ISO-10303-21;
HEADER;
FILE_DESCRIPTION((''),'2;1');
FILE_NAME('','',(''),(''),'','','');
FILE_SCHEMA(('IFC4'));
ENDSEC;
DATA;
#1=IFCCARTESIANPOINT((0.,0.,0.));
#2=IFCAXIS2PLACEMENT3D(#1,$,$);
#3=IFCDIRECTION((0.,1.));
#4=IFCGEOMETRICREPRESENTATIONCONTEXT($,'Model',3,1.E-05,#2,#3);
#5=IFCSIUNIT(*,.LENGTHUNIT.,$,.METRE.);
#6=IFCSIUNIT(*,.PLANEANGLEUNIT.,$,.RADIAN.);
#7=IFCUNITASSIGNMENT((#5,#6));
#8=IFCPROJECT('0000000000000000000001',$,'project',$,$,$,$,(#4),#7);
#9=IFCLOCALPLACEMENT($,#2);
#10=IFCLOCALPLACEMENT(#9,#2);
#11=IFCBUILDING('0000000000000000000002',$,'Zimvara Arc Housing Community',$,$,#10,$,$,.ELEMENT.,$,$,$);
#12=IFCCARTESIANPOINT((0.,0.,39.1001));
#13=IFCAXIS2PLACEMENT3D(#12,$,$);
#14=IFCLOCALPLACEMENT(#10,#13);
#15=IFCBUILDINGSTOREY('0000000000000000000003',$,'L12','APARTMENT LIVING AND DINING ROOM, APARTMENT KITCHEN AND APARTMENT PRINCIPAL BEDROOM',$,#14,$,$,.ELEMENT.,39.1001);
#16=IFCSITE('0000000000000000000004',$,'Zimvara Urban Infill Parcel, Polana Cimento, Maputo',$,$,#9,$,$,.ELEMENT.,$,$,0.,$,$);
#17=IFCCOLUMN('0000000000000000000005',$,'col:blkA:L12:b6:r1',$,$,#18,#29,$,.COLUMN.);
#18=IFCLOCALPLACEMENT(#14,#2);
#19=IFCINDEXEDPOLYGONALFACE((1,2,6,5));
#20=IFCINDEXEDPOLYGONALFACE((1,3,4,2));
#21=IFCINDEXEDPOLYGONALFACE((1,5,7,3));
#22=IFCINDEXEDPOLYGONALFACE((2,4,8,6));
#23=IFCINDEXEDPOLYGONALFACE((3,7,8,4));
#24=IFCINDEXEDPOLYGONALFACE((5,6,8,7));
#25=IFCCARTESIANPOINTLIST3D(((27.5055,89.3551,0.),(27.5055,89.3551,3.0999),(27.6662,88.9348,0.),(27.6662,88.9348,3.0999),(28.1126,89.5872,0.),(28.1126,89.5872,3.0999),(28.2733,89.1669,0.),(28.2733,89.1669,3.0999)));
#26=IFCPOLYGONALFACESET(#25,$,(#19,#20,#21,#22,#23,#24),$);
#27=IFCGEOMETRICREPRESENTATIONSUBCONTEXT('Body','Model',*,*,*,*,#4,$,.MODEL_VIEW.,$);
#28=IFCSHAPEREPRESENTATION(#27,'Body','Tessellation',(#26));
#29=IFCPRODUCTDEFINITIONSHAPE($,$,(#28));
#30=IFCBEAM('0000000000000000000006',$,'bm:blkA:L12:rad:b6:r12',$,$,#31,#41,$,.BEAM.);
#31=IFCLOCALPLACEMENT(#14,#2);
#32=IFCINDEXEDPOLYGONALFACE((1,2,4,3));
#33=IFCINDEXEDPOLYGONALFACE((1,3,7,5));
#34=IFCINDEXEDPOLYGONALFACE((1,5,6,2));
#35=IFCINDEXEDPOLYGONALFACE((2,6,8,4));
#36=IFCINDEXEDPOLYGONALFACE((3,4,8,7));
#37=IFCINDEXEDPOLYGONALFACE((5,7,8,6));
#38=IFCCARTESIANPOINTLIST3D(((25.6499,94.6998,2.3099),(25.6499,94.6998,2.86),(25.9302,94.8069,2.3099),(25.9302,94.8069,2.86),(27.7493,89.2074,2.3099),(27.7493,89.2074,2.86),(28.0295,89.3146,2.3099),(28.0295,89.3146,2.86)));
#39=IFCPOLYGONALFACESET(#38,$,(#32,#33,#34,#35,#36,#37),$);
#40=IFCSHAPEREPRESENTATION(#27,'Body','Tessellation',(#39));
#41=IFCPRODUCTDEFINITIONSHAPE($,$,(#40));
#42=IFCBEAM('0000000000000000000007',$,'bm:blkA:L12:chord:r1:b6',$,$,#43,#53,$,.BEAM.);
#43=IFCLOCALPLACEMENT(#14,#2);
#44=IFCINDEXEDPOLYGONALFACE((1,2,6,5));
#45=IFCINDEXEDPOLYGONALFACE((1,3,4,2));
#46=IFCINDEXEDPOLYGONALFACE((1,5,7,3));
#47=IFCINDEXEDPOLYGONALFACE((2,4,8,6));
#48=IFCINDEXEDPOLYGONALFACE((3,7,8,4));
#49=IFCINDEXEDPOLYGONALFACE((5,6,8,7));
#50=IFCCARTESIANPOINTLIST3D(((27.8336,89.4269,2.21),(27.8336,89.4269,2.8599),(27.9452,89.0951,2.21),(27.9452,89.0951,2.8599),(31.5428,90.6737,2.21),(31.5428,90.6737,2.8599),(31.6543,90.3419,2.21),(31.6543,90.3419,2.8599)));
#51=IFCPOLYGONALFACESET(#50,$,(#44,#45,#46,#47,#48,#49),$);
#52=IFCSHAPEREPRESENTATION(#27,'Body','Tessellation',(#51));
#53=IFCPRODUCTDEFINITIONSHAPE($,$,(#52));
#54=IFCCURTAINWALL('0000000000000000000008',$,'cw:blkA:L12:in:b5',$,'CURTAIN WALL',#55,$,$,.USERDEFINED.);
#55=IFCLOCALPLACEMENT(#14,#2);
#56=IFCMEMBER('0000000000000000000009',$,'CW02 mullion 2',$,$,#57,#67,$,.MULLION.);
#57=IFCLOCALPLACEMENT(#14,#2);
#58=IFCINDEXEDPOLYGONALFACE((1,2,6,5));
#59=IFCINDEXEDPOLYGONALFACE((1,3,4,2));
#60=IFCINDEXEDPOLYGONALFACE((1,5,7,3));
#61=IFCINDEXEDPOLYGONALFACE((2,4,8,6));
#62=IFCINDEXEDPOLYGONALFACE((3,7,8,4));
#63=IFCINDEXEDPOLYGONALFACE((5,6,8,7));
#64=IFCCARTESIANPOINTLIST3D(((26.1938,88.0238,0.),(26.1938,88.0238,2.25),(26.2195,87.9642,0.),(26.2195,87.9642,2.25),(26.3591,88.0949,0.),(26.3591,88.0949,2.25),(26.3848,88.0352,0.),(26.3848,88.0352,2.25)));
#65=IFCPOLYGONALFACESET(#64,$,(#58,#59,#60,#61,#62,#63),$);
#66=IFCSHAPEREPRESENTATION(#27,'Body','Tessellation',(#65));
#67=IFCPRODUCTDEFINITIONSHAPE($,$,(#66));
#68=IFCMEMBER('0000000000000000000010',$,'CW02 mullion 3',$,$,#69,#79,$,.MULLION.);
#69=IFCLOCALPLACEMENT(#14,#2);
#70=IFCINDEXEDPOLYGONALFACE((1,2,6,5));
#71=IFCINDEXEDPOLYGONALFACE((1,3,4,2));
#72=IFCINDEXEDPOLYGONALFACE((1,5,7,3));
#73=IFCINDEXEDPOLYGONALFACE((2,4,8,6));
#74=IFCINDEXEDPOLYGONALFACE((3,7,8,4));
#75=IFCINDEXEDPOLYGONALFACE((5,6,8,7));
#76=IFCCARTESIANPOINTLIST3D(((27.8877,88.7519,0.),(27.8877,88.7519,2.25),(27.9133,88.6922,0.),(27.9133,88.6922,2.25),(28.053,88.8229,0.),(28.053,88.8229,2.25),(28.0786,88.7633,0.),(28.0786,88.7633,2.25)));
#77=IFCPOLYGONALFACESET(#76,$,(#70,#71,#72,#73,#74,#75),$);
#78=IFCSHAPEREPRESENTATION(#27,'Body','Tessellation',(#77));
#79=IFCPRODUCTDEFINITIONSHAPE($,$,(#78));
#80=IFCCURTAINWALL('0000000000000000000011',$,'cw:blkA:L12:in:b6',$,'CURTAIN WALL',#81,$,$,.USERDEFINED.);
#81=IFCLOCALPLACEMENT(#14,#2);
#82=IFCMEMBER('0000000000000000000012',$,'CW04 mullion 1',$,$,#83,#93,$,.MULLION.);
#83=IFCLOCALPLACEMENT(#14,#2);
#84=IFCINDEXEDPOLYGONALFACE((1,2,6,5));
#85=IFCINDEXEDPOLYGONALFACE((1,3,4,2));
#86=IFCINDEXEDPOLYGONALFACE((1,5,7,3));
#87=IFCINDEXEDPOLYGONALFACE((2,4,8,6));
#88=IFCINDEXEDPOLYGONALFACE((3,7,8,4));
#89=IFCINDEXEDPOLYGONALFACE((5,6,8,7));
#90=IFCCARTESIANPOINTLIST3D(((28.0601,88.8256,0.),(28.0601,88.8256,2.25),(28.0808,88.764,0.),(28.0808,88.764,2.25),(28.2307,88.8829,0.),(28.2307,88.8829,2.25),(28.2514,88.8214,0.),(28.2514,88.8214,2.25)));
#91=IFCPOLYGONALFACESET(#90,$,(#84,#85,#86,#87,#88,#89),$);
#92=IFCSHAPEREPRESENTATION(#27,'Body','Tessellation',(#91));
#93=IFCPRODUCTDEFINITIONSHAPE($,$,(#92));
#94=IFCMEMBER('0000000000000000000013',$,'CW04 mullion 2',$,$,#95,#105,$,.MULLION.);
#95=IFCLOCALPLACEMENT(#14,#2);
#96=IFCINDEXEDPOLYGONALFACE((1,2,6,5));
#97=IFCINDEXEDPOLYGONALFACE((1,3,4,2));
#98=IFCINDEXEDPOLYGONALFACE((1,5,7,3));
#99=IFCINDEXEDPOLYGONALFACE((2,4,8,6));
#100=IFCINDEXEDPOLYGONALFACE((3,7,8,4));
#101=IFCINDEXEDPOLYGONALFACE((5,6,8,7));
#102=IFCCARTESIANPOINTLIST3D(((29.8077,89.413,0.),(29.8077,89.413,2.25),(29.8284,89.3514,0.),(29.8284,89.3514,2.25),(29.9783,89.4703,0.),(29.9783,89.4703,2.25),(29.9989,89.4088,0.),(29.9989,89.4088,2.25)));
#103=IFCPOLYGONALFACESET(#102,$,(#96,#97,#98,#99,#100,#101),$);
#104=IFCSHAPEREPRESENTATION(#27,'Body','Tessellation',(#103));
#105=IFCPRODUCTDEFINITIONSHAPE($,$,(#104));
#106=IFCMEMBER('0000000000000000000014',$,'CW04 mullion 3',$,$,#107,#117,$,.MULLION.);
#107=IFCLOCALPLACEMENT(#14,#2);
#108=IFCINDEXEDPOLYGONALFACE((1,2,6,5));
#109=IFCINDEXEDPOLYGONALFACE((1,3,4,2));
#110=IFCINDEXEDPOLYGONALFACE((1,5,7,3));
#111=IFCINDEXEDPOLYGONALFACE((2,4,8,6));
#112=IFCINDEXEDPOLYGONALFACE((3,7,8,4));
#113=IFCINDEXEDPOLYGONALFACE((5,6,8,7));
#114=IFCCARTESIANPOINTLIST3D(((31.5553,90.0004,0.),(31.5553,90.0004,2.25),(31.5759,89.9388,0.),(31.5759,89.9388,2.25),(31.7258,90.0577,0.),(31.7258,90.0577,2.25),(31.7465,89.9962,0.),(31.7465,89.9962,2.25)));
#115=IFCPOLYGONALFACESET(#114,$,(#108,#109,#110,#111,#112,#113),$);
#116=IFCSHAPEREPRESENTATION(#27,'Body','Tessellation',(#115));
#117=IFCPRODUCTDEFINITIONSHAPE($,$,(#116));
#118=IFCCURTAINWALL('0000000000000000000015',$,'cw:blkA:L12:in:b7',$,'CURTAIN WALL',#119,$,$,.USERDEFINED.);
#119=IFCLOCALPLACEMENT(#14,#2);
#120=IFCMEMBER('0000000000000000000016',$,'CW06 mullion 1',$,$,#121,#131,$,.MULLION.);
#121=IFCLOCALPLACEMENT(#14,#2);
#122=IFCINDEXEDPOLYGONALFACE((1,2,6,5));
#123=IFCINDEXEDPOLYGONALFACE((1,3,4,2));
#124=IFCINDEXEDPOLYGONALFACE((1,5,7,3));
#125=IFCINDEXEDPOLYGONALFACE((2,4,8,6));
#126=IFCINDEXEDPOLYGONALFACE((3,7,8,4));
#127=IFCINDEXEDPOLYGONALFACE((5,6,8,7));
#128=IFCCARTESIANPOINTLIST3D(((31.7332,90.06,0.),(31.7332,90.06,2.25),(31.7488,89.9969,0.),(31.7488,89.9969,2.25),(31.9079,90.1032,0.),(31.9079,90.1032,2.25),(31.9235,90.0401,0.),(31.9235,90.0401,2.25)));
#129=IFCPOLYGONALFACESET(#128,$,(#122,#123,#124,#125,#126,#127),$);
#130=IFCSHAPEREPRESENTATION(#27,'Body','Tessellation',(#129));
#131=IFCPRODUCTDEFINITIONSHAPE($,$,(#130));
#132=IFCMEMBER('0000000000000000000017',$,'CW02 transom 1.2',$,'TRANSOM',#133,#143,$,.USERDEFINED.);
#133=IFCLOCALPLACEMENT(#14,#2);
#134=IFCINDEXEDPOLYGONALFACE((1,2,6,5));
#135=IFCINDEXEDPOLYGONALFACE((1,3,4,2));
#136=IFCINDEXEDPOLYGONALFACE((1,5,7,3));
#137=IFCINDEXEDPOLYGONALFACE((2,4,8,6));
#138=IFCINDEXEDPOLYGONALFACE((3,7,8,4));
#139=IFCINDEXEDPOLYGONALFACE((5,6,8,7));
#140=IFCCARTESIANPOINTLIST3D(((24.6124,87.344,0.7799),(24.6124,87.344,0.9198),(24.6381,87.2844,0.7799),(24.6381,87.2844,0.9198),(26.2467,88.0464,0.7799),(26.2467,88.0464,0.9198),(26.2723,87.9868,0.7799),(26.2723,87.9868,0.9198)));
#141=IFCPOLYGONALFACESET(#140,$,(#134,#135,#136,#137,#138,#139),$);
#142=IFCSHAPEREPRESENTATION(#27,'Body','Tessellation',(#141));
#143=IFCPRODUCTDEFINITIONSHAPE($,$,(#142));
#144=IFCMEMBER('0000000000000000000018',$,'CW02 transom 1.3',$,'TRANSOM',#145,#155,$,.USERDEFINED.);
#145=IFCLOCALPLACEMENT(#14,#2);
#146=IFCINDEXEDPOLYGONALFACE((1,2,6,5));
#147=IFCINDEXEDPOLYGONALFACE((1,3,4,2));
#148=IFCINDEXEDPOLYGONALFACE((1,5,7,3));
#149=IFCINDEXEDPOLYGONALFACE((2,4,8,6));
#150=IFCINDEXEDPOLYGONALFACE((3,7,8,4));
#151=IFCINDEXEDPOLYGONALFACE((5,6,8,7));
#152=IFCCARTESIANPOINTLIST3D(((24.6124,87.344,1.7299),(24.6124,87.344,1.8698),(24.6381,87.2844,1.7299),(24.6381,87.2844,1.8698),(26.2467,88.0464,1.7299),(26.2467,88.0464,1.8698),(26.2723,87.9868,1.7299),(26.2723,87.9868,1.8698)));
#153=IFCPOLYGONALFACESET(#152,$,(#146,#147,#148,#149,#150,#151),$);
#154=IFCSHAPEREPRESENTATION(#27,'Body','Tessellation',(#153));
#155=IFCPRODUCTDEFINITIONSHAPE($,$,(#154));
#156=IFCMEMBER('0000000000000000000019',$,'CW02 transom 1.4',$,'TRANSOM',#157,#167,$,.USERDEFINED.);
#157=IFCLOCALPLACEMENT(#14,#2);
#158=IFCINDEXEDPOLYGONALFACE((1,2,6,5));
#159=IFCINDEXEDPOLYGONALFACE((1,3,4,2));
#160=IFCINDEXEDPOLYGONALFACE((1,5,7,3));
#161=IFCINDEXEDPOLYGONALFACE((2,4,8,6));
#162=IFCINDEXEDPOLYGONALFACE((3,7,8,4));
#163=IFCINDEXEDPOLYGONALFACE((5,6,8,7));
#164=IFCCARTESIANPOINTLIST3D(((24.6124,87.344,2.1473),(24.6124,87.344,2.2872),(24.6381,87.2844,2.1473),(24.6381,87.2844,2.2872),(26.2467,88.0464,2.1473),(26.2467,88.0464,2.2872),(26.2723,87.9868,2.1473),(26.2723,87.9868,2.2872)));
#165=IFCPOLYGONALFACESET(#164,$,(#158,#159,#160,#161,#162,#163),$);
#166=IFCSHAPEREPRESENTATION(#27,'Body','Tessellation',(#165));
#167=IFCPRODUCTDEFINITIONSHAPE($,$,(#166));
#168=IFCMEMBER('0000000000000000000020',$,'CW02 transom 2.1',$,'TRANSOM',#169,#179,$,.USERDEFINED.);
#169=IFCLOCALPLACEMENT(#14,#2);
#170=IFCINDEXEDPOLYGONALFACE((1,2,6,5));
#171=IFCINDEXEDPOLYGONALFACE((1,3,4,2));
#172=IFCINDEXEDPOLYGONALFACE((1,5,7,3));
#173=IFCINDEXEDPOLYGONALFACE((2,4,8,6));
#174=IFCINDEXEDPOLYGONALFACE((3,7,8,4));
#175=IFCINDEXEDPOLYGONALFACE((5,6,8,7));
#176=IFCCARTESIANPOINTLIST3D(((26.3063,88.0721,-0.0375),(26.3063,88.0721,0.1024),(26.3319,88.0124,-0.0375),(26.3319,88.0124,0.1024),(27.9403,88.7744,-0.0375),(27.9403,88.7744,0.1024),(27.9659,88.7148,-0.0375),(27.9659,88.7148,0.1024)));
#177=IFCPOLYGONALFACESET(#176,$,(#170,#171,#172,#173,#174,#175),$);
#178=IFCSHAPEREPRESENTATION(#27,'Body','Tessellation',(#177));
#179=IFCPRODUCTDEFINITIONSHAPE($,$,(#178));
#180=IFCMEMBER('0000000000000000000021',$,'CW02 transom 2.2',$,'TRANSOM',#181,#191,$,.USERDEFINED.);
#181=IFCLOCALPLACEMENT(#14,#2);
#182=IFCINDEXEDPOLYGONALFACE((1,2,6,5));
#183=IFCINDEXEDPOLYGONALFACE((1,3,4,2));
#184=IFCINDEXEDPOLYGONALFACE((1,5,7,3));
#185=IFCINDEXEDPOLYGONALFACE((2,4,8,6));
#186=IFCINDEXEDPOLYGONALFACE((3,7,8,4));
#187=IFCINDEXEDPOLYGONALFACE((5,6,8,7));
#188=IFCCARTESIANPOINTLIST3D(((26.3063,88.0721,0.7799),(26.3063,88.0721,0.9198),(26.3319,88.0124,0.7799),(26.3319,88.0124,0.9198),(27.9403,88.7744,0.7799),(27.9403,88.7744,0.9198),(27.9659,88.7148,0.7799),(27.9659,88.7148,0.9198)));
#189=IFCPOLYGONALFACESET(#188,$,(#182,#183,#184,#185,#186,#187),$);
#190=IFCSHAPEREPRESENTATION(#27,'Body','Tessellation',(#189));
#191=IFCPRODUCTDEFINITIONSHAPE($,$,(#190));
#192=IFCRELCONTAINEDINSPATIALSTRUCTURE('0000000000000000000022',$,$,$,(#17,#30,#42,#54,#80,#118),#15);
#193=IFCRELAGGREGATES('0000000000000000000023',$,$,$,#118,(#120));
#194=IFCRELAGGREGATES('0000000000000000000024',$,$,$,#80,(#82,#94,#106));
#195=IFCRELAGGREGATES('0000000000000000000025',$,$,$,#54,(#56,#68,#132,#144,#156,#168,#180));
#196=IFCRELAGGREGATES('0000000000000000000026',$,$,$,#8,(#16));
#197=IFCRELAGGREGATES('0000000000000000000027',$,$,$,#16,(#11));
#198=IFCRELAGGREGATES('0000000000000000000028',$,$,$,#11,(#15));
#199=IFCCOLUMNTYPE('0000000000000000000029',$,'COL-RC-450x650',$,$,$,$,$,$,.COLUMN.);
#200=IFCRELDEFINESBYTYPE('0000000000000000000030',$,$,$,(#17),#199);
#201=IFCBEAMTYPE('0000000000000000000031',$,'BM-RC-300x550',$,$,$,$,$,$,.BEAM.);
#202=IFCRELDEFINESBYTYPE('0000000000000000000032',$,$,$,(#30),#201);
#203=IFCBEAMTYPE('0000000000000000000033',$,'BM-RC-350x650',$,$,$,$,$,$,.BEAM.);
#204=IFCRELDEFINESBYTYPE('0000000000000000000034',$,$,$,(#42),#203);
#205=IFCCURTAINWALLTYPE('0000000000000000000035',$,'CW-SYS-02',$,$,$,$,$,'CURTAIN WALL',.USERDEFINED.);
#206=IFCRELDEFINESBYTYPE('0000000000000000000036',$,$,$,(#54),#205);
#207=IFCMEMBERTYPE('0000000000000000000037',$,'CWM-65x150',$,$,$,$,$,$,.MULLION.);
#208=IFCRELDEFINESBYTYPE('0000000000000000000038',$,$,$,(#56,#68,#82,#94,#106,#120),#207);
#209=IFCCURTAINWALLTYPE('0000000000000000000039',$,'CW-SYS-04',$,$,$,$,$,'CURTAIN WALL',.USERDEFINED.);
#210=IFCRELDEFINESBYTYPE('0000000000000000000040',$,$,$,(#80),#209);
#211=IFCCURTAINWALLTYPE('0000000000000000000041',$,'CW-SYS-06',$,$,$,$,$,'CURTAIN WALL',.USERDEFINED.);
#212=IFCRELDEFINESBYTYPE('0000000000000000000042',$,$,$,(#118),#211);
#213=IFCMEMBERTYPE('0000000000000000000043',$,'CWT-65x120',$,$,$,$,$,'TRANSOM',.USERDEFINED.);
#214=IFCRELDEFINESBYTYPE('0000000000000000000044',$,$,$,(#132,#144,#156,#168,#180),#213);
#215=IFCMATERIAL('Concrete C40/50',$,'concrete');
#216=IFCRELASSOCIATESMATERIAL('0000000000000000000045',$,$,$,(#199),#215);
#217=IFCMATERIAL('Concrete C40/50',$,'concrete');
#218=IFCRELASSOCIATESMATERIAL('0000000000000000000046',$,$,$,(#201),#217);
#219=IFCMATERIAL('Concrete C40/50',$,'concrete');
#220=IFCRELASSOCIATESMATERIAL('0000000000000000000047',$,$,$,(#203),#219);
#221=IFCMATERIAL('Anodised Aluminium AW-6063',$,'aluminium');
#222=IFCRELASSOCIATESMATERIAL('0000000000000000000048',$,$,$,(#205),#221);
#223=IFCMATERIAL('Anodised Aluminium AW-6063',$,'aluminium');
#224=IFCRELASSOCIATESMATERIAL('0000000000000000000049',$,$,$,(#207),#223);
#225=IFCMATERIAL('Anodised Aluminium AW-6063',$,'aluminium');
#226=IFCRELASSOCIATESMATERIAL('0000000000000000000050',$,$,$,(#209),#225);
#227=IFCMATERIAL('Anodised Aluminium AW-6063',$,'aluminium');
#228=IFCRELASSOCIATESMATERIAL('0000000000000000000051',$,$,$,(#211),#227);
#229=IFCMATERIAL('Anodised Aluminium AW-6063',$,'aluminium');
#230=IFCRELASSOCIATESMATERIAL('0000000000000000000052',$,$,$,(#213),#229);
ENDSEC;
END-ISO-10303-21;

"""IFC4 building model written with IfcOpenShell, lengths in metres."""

from ifc_helpers import new_model, si_unit, direction, frame, origin, origin_2d, place, context, subcontext, project, spatial, rectangle, extrude, material, material_profile, profile_set, type_object, element, aggregate, save


model = new_model("IFC4")

# Units and contexts
model_context = context("Model", 3, precision=1e-05, world=origin(), true_north=direction((0.0, 1.0)))
body_context = subcontext(model_context, "Body", "Model", "MODEL_VIEW")
ifc_project = project(units=[si_unit("LENGTHUNIT", "METRE"), si_unit("PLANEANGLEUNIT", "RADIAN")], contexts=[model_context])

# Site, building, storey
site_placement = place(None, origin())
site = spatial("IfcSite", under=ifc_project, at=site_placement, Name="Zimvara Urban Infill Parcel, Polana Cimento, Maputo", CompositionType="ELEMENT", RefElevation=0.0)
building_placement = place(site_placement, origin())
building = spatial("IfcBuilding", under=site, at=building_placement, Name="Zimvara Arc Housing Community", CompositionType="ELEMENT")
storey_placement = place(building_placement, frame((0.0, 0.0, 39.1001)))
storey = spatial("IfcBuildingStorey", under=building, at=storey_placement, Name="L12", Description="APARTMENT LIVING AND DINING ROOM, APARTMENT KITCHEN AND APARTMENT PRINCIPAL BEDROOM", CompositionType="ELEMENT", Elevation=39.1001)

# Column
ifc_material_1 = material(Name="Concrete C40/50", Category="concrete")
ifc_material_profile_1 = material_profile(ifc_material_1, rectangle(XDim=0.45, YDim=0.6499, at=origin_2d()), Name="RC 450x650")
ifc_profile_set_1 = profile_set([ifc_material_profile_1], Name="Concrete C40/50")
column_type = type_object("IfcColumnType", Name="COL-RC-450x650", PredefinedType="COLUMN", material=ifc_profile_set_1)
column_placement = place(storey_placement, frame((27.8894, 89.261, 0.0), z_axis=(0.0, 0.0, 1.0), x_axis=(-0.357064, 0.93408, 0.0)))
element("IfcColumn", 1, at=column_placement, inside=storey, type_object=column_type, Name="col:blkA:L12:b6:r1", PredefinedType="COLUMN", context=body_context, shape_type="SweptSolid", body=[
    extrude(rectangle(XDim=0.45, YDim=0.6499, at=origin_2d()), origin(), (0.0, 0.0, 1.0), 3.0999),
])

# Beams
ifc_material_2 = material(Name="Concrete C40/50", Category="concrete")
ifc_material_profile_2 = material_profile(ifc_material_2, rectangle(XDim=0.3, YDim=0.55, at=origin_2d()), Name="RC 300x550")
ifc_profile_set_2 = profile_set([ifc_material_profile_2], Name="Concrete C40/50")
beam_type_1 = type_object("IfcBeamType", Name="BM-RC-300x550", PredefinedType="BEAM", material=ifc_profile_set_2)
beam_1_placement = place(storey_placement, frame((27.8894, 89.261, 2.585), z_axis=(-0.357036, 0.934091, 0.0), x_axis=(-0.934091, -0.357036, 0.0)))
element("IfcBeam", 2, at=beam_1_placement, inside=storey, type_object=beam_type_1, Name="bm:blkA:L12:rad:b6:r12", PredefinedType="BEAM", context=body_context, shape_type="SweptSolid", body=[
    extrude(rectangle(XDim=0.3, YDim=0.55, at=origin_2d()), origin(), (0.0, 0.0, 1.0), 5.8799),
])
ifc_material_3 = material(Name="Concrete C40/50", Category="concrete")
ifc_material_profile_3 = material_profile(ifc_material_3, rectangle(XDim=0.3501, YDim=0.6499, at=origin_2d()), Name="RC 350x650")
ifc_profile_set_3 = profile_set([ifc_material_profile_3], Name="Concrete C40/50")
beam_type_2 = type_object("IfcBeamType", Name="BM-RC-350x650", PredefinedType="BEAM", material=ifc_profile_set_3)
beam_2_placement = place(storey_placement, frame((27.8894, 89.261, 2.5349), z_axis=(0.947882, 0.318623, 0.0), x_axis=(-0.318623, 0.947882, 0.0)))
element("IfcBeam", 3, at=beam_2_placement, inside=storey, type_object=beam_type_2, Name="bm:blkA:L12:chord:r1:b6", PredefinedType="BEAM", context=body_context, shape_type="SweptSolid", body=[
    extrude(rectangle(XDim=0.3501, YDim=0.6499, at=origin_2d()), origin(), (0.0, 0.0, 1.0), 3.9131),
])

# Curtain walls, members
ifc_material_4 = material(Name="Anodised Aluminium AW-6063", Category="aluminium")
curtain_wall_type_1 = type_object("IfcCurtainWallType", Name="CW-SYS-02", ElementType="CURTAIN WALL", PredefinedType="USERDEFINED", material=ifc_material_4)
curtain_wall_1_placement = place(storey_placement, origin())
curtain_wall_1 = element("IfcCurtainWall", 4, at=curtain_wall_1_placement, inside=storey, type_object=curtain_wall_type_1, Name="cw:blkA:L12:in:b5", ObjectType="CURTAIN WALL", PredefinedType="USERDEFINED")
ifc_material_5 = material(Name="Anodised Aluminium AW-6063", Category="aluminium")
ifc_material_profile_4 = material_profile(ifc_material_5, rectangle(XDim=0.0649, YDim=0.1799, at=origin_2d()), Name="ALU 65x180")
ifc_profile_set_4 = profile_set([ifc_material_profile_4], Name="Anodised Aluminium AW-6063")
member_type_1 = type_object("IfcMemberType", Name="CWM-65x150", PredefinedType="MULLION", material=ifc_profile_set_4)
member_1_placement = place(storey_placement, frame((26.2893, 88.0295, 0.0), z_axis=(0.0, 0.0, 1.0), x_axis=(-0.394904, 0.918722, 0.0)))
member_1 = element("IfcMember", 5, at=member_1_placement, type_object=member_type_1, Name="CW02 mullion 2", PredefinedType="MULLION", context=body_context, shape_type="SweptSolid", body=[
    extrude(rectangle(XDim=0.0649, YDim=0.1799, at=origin_2d()), origin(), (0.0, 0.0, 1.0), 2.25),
])
member_2_placement = place(storey_placement, frame((27.9832, 88.7576, 0.0), z_axis=(0.0, 0.0, 1.0), x_axis=(-0.394904, 0.918722, 0.0)))
member_2 = element("IfcMember", 6, at=member_2_placement, type_object=member_type_1, Name="CW02 mullion 3", PredefinedType="MULLION", context=body_context, shape_type="SweptSolid", body=[
    extrude(rectangle(XDim=0.0649, YDim=0.1799, at=origin_2d()), origin(), (0.0, 0.0, 1.0), 2.25),
])
ifc_material_6 = material(Name="Anodised Aluminium AW-6063", Category="aluminium")
curtain_wall_type_2 = type_object("IfcCurtainWallType", Name="CW-SYS-04", ElementType="CURTAIN WALL", PredefinedType="USERDEFINED", material=ifc_material_6)
curtain_wall_2_placement = place(storey_placement, origin())
curtain_wall_2 = element("IfcCurtainWall", 7, at=curtain_wall_2_placement, inside=storey, type_object=curtain_wall_type_2, Name="cw:blkA:L12:in:b6", ObjectType="CURTAIN WALL", PredefinedType="USERDEFINED")
member_3_placement = place(storey_placement, frame((28.1558, 88.8235, 0.0), z_axis=(0.0, 0.0, 1.0), x_axis=(-0.318627, 0.94788, 0.0)))
member_3 = element("IfcMember", 8, at=member_3_placement, type_object=member_type_1, Name="CW04 mullion 1", PredefinedType="MULLION", context=body_context, shape_type="SweptSolid", body=[
    extrude(rectangle(XDim=0.0649, YDim=0.1799, at=origin_2d()), origin(), (0.0, 0.0, 1.0), 2.25),
])
member_4_placement = place(storey_placement, frame((29.9033, 89.4109, 0.0), z_axis=(0.0, 0.0, 1.0), x_axis=(-0.318627, 0.94788, 0.0)))
member_4 = element("IfcMember", 9, at=member_4_placement, type_object=member_type_1, Name="CW04 mullion 2", PredefinedType="MULLION", context=body_context, shape_type="SweptSolid", body=[
    extrude(rectangle(XDim=0.0649, YDim=0.1799, at=origin_2d()), origin(), (0.0, 0.0, 1.0), 2.25),
])
member_5_placement = place(storey_placement, frame((31.6509, 89.9983, 0.0), z_axis=(0.0, 0.0, 1.0), x_axis=(-0.318627, 0.94788, 0.0)))
member_5 = element("IfcMember", 10, at=member_5_placement, type_object=member_type_1, Name="CW04 mullion 3", PredefinedType="MULLION", context=body_context, shape_type="SweptSolid", body=[
    extrude(rectangle(XDim=0.0649, YDim=0.1799, at=origin_2d()), origin(), (0.0, 0.0, 1.0), 2.25),
])

# Curtain wall, member
ifc_material_7 = material(Name="Anodised Aluminium AW-6063", Category="aluminium")
curtain_wall_type_3 = type_object("IfcCurtainWallType", Name="CW-SYS-06", ElementType="CURTAIN WALL", PredefinedType="USERDEFINED", material=ifc_material_7)
curtain_wall_3_placement = place(storey_placement, origin())
curtain_wall_3 = element("IfcCurtainWall", 11, at=curtain_wall_3_placement, inside=storey, type_object=curtain_wall_type_3, Name="cw:blkA:L12:in:b7", ObjectType="CURTAIN WALL", PredefinedType="USERDEFINED")
member_6_placement = place(storey_placement, frame((31.8284, 90.05, 0.0), z_axis=(0.0, 0.0, 1.0), x_axis=(-0.240229, 0.970716, 0.0)))
member_6 = element("IfcMember", 12, at=member_6_placement, type_object=member_type_1, Name="CW06 mullion 1", PredefinedType="MULLION", context=body_context, shape_type="SweptSolid", body=[
    extrude(rectangle(XDim=0.0649, YDim=0.1799, at=origin_2d()), origin(), (0.0, 0.0, 1.0), 2.25),
])
aggregate(curtain_wall_3, [member_6])

# Members
ifc_material_8 = material(Name="Anodised Aluminium AW-6063", Category="aluminium")
ifc_material_profile_5 = material_profile(ifc_material_8, rectangle(XDim=0.0649, YDim=0.1399, at=origin_2d()), Name="ALU 65x140")
ifc_profile_set_5 = profile_set([ifc_material_profile_5], Name="Anodised Aluminium AW-6063")
member_type_2 = type_object("IfcMemberType", Name="CWT-65x120", ElementType="TRANSOM", PredefinedType="USERDEFINED", material=ifc_profile_set_5)
member_7_placement = place(storey_placement, frame((24.6252, 87.3142, 0.8499), z_axis=(0.91874, 0.394863, 0.0), x_axis=(-0.394863, 0.91874, 0.0)))
member_7 = element("IfcMember", 13, at=member_7_placement, type_object=member_type_2, Name="CW02 transom 1.2", ObjectType="TRANSOM", PredefinedType="USERDEFINED", context=body_context, shape_type="SweptSolid", body=[
    extrude(rectangle(XDim=0.0649, YDim=0.1399, at=origin_2d()), origin(), (0.0, 0.0, 1.0), 1.7788),
])
member_8_placement = place(storey_placement, frame((24.6252, 87.3142, 1.7998), z_axis=(0.91874, 0.394863, 0.0), x_axis=(-0.394863, 0.91874, 0.0)))
member_8 = element("IfcMember", 14, at=member_8_placement, type_object=member_type_2, Name="CW02 transom 1.3", ObjectType="TRANSOM", PredefinedType="USERDEFINED", context=body_context, shape_type="SweptSolid", body=[
    extrude(rectangle(XDim=0.0649, YDim=0.1399, at=origin_2d()), origin(), (0.0, 0.0, 1.0), 1.7788),
])
member_9_placement = place(storey_placement, frame((24.6252, 87.3142, 2.2173), z_axis=(0.91874, 0.394863, 0.0), x_axis=(-0.394863, 0.91874, 0.0)))
member_9 = element("IfcMember", 15, at=member_9_placement, type_object=member_type_2, Name="CW02 transom 1.4", ObjectType="TRANSOM", PredefinedType="USERDEFINED", context=body_context, shape_type="SweptSolid", body=[
    extrude(rectangle(XDim=0.0649, YDim=0.1399, at=origin_2d()), origin(), (0.0, 0.0, 1.0), 1.7788),
])
member_10_placement = place(storey_placement, frame((26.3191, 88.0422, 0.0325), z_axis=(0.918718, 0.394913, 0.0), x_axis=(-0.394913, 0.918718, 0.0)))
member_10 = element("IfcMember", 16, at=member_10_placement, type_object=member_type_2, Name="CW02 transom 2.1", ObjectType="TRANSOM", PredefinedType="USERDEFINED", context=body_context, shape_type="SweptSolid", body=[
    extrude(rectangle(XDim=0.0649, YDim=0.1399, at=origin_2d()), origin(), (0.0, 0.0, 1.0), 1.7786),
])
member_11_placement = place(storey_placement, frame((26.3191, 88.0422, 0.8499), z_axis=(0.918718, 0.394913, 0.0), x_axis=(-0.394913, 0.918718, 0.0)))
member_11 = element("IfcMember", 17, at=member_11_placement, type_object=member_type_2, Name="CW02 transom 2.2", ObjectType="TRANSOM", PredefinedType="USERDEFINED", context=body_context, shape_type="SweptSolid", body=[
    extrude(rectangle(XDim=0.0649, YDim=0.1399, at=origin_2d()), origin(), (0.0, 0.0, 1.0), 1.7786),
])

aggregate(curtain_wall_2, [member_3, member_4, member_5])
aggregate(curtain_wall_1, [member_1, member_2, member_7, member_8, member_9, member_10, member_11])

save(model, "model.ifc")
